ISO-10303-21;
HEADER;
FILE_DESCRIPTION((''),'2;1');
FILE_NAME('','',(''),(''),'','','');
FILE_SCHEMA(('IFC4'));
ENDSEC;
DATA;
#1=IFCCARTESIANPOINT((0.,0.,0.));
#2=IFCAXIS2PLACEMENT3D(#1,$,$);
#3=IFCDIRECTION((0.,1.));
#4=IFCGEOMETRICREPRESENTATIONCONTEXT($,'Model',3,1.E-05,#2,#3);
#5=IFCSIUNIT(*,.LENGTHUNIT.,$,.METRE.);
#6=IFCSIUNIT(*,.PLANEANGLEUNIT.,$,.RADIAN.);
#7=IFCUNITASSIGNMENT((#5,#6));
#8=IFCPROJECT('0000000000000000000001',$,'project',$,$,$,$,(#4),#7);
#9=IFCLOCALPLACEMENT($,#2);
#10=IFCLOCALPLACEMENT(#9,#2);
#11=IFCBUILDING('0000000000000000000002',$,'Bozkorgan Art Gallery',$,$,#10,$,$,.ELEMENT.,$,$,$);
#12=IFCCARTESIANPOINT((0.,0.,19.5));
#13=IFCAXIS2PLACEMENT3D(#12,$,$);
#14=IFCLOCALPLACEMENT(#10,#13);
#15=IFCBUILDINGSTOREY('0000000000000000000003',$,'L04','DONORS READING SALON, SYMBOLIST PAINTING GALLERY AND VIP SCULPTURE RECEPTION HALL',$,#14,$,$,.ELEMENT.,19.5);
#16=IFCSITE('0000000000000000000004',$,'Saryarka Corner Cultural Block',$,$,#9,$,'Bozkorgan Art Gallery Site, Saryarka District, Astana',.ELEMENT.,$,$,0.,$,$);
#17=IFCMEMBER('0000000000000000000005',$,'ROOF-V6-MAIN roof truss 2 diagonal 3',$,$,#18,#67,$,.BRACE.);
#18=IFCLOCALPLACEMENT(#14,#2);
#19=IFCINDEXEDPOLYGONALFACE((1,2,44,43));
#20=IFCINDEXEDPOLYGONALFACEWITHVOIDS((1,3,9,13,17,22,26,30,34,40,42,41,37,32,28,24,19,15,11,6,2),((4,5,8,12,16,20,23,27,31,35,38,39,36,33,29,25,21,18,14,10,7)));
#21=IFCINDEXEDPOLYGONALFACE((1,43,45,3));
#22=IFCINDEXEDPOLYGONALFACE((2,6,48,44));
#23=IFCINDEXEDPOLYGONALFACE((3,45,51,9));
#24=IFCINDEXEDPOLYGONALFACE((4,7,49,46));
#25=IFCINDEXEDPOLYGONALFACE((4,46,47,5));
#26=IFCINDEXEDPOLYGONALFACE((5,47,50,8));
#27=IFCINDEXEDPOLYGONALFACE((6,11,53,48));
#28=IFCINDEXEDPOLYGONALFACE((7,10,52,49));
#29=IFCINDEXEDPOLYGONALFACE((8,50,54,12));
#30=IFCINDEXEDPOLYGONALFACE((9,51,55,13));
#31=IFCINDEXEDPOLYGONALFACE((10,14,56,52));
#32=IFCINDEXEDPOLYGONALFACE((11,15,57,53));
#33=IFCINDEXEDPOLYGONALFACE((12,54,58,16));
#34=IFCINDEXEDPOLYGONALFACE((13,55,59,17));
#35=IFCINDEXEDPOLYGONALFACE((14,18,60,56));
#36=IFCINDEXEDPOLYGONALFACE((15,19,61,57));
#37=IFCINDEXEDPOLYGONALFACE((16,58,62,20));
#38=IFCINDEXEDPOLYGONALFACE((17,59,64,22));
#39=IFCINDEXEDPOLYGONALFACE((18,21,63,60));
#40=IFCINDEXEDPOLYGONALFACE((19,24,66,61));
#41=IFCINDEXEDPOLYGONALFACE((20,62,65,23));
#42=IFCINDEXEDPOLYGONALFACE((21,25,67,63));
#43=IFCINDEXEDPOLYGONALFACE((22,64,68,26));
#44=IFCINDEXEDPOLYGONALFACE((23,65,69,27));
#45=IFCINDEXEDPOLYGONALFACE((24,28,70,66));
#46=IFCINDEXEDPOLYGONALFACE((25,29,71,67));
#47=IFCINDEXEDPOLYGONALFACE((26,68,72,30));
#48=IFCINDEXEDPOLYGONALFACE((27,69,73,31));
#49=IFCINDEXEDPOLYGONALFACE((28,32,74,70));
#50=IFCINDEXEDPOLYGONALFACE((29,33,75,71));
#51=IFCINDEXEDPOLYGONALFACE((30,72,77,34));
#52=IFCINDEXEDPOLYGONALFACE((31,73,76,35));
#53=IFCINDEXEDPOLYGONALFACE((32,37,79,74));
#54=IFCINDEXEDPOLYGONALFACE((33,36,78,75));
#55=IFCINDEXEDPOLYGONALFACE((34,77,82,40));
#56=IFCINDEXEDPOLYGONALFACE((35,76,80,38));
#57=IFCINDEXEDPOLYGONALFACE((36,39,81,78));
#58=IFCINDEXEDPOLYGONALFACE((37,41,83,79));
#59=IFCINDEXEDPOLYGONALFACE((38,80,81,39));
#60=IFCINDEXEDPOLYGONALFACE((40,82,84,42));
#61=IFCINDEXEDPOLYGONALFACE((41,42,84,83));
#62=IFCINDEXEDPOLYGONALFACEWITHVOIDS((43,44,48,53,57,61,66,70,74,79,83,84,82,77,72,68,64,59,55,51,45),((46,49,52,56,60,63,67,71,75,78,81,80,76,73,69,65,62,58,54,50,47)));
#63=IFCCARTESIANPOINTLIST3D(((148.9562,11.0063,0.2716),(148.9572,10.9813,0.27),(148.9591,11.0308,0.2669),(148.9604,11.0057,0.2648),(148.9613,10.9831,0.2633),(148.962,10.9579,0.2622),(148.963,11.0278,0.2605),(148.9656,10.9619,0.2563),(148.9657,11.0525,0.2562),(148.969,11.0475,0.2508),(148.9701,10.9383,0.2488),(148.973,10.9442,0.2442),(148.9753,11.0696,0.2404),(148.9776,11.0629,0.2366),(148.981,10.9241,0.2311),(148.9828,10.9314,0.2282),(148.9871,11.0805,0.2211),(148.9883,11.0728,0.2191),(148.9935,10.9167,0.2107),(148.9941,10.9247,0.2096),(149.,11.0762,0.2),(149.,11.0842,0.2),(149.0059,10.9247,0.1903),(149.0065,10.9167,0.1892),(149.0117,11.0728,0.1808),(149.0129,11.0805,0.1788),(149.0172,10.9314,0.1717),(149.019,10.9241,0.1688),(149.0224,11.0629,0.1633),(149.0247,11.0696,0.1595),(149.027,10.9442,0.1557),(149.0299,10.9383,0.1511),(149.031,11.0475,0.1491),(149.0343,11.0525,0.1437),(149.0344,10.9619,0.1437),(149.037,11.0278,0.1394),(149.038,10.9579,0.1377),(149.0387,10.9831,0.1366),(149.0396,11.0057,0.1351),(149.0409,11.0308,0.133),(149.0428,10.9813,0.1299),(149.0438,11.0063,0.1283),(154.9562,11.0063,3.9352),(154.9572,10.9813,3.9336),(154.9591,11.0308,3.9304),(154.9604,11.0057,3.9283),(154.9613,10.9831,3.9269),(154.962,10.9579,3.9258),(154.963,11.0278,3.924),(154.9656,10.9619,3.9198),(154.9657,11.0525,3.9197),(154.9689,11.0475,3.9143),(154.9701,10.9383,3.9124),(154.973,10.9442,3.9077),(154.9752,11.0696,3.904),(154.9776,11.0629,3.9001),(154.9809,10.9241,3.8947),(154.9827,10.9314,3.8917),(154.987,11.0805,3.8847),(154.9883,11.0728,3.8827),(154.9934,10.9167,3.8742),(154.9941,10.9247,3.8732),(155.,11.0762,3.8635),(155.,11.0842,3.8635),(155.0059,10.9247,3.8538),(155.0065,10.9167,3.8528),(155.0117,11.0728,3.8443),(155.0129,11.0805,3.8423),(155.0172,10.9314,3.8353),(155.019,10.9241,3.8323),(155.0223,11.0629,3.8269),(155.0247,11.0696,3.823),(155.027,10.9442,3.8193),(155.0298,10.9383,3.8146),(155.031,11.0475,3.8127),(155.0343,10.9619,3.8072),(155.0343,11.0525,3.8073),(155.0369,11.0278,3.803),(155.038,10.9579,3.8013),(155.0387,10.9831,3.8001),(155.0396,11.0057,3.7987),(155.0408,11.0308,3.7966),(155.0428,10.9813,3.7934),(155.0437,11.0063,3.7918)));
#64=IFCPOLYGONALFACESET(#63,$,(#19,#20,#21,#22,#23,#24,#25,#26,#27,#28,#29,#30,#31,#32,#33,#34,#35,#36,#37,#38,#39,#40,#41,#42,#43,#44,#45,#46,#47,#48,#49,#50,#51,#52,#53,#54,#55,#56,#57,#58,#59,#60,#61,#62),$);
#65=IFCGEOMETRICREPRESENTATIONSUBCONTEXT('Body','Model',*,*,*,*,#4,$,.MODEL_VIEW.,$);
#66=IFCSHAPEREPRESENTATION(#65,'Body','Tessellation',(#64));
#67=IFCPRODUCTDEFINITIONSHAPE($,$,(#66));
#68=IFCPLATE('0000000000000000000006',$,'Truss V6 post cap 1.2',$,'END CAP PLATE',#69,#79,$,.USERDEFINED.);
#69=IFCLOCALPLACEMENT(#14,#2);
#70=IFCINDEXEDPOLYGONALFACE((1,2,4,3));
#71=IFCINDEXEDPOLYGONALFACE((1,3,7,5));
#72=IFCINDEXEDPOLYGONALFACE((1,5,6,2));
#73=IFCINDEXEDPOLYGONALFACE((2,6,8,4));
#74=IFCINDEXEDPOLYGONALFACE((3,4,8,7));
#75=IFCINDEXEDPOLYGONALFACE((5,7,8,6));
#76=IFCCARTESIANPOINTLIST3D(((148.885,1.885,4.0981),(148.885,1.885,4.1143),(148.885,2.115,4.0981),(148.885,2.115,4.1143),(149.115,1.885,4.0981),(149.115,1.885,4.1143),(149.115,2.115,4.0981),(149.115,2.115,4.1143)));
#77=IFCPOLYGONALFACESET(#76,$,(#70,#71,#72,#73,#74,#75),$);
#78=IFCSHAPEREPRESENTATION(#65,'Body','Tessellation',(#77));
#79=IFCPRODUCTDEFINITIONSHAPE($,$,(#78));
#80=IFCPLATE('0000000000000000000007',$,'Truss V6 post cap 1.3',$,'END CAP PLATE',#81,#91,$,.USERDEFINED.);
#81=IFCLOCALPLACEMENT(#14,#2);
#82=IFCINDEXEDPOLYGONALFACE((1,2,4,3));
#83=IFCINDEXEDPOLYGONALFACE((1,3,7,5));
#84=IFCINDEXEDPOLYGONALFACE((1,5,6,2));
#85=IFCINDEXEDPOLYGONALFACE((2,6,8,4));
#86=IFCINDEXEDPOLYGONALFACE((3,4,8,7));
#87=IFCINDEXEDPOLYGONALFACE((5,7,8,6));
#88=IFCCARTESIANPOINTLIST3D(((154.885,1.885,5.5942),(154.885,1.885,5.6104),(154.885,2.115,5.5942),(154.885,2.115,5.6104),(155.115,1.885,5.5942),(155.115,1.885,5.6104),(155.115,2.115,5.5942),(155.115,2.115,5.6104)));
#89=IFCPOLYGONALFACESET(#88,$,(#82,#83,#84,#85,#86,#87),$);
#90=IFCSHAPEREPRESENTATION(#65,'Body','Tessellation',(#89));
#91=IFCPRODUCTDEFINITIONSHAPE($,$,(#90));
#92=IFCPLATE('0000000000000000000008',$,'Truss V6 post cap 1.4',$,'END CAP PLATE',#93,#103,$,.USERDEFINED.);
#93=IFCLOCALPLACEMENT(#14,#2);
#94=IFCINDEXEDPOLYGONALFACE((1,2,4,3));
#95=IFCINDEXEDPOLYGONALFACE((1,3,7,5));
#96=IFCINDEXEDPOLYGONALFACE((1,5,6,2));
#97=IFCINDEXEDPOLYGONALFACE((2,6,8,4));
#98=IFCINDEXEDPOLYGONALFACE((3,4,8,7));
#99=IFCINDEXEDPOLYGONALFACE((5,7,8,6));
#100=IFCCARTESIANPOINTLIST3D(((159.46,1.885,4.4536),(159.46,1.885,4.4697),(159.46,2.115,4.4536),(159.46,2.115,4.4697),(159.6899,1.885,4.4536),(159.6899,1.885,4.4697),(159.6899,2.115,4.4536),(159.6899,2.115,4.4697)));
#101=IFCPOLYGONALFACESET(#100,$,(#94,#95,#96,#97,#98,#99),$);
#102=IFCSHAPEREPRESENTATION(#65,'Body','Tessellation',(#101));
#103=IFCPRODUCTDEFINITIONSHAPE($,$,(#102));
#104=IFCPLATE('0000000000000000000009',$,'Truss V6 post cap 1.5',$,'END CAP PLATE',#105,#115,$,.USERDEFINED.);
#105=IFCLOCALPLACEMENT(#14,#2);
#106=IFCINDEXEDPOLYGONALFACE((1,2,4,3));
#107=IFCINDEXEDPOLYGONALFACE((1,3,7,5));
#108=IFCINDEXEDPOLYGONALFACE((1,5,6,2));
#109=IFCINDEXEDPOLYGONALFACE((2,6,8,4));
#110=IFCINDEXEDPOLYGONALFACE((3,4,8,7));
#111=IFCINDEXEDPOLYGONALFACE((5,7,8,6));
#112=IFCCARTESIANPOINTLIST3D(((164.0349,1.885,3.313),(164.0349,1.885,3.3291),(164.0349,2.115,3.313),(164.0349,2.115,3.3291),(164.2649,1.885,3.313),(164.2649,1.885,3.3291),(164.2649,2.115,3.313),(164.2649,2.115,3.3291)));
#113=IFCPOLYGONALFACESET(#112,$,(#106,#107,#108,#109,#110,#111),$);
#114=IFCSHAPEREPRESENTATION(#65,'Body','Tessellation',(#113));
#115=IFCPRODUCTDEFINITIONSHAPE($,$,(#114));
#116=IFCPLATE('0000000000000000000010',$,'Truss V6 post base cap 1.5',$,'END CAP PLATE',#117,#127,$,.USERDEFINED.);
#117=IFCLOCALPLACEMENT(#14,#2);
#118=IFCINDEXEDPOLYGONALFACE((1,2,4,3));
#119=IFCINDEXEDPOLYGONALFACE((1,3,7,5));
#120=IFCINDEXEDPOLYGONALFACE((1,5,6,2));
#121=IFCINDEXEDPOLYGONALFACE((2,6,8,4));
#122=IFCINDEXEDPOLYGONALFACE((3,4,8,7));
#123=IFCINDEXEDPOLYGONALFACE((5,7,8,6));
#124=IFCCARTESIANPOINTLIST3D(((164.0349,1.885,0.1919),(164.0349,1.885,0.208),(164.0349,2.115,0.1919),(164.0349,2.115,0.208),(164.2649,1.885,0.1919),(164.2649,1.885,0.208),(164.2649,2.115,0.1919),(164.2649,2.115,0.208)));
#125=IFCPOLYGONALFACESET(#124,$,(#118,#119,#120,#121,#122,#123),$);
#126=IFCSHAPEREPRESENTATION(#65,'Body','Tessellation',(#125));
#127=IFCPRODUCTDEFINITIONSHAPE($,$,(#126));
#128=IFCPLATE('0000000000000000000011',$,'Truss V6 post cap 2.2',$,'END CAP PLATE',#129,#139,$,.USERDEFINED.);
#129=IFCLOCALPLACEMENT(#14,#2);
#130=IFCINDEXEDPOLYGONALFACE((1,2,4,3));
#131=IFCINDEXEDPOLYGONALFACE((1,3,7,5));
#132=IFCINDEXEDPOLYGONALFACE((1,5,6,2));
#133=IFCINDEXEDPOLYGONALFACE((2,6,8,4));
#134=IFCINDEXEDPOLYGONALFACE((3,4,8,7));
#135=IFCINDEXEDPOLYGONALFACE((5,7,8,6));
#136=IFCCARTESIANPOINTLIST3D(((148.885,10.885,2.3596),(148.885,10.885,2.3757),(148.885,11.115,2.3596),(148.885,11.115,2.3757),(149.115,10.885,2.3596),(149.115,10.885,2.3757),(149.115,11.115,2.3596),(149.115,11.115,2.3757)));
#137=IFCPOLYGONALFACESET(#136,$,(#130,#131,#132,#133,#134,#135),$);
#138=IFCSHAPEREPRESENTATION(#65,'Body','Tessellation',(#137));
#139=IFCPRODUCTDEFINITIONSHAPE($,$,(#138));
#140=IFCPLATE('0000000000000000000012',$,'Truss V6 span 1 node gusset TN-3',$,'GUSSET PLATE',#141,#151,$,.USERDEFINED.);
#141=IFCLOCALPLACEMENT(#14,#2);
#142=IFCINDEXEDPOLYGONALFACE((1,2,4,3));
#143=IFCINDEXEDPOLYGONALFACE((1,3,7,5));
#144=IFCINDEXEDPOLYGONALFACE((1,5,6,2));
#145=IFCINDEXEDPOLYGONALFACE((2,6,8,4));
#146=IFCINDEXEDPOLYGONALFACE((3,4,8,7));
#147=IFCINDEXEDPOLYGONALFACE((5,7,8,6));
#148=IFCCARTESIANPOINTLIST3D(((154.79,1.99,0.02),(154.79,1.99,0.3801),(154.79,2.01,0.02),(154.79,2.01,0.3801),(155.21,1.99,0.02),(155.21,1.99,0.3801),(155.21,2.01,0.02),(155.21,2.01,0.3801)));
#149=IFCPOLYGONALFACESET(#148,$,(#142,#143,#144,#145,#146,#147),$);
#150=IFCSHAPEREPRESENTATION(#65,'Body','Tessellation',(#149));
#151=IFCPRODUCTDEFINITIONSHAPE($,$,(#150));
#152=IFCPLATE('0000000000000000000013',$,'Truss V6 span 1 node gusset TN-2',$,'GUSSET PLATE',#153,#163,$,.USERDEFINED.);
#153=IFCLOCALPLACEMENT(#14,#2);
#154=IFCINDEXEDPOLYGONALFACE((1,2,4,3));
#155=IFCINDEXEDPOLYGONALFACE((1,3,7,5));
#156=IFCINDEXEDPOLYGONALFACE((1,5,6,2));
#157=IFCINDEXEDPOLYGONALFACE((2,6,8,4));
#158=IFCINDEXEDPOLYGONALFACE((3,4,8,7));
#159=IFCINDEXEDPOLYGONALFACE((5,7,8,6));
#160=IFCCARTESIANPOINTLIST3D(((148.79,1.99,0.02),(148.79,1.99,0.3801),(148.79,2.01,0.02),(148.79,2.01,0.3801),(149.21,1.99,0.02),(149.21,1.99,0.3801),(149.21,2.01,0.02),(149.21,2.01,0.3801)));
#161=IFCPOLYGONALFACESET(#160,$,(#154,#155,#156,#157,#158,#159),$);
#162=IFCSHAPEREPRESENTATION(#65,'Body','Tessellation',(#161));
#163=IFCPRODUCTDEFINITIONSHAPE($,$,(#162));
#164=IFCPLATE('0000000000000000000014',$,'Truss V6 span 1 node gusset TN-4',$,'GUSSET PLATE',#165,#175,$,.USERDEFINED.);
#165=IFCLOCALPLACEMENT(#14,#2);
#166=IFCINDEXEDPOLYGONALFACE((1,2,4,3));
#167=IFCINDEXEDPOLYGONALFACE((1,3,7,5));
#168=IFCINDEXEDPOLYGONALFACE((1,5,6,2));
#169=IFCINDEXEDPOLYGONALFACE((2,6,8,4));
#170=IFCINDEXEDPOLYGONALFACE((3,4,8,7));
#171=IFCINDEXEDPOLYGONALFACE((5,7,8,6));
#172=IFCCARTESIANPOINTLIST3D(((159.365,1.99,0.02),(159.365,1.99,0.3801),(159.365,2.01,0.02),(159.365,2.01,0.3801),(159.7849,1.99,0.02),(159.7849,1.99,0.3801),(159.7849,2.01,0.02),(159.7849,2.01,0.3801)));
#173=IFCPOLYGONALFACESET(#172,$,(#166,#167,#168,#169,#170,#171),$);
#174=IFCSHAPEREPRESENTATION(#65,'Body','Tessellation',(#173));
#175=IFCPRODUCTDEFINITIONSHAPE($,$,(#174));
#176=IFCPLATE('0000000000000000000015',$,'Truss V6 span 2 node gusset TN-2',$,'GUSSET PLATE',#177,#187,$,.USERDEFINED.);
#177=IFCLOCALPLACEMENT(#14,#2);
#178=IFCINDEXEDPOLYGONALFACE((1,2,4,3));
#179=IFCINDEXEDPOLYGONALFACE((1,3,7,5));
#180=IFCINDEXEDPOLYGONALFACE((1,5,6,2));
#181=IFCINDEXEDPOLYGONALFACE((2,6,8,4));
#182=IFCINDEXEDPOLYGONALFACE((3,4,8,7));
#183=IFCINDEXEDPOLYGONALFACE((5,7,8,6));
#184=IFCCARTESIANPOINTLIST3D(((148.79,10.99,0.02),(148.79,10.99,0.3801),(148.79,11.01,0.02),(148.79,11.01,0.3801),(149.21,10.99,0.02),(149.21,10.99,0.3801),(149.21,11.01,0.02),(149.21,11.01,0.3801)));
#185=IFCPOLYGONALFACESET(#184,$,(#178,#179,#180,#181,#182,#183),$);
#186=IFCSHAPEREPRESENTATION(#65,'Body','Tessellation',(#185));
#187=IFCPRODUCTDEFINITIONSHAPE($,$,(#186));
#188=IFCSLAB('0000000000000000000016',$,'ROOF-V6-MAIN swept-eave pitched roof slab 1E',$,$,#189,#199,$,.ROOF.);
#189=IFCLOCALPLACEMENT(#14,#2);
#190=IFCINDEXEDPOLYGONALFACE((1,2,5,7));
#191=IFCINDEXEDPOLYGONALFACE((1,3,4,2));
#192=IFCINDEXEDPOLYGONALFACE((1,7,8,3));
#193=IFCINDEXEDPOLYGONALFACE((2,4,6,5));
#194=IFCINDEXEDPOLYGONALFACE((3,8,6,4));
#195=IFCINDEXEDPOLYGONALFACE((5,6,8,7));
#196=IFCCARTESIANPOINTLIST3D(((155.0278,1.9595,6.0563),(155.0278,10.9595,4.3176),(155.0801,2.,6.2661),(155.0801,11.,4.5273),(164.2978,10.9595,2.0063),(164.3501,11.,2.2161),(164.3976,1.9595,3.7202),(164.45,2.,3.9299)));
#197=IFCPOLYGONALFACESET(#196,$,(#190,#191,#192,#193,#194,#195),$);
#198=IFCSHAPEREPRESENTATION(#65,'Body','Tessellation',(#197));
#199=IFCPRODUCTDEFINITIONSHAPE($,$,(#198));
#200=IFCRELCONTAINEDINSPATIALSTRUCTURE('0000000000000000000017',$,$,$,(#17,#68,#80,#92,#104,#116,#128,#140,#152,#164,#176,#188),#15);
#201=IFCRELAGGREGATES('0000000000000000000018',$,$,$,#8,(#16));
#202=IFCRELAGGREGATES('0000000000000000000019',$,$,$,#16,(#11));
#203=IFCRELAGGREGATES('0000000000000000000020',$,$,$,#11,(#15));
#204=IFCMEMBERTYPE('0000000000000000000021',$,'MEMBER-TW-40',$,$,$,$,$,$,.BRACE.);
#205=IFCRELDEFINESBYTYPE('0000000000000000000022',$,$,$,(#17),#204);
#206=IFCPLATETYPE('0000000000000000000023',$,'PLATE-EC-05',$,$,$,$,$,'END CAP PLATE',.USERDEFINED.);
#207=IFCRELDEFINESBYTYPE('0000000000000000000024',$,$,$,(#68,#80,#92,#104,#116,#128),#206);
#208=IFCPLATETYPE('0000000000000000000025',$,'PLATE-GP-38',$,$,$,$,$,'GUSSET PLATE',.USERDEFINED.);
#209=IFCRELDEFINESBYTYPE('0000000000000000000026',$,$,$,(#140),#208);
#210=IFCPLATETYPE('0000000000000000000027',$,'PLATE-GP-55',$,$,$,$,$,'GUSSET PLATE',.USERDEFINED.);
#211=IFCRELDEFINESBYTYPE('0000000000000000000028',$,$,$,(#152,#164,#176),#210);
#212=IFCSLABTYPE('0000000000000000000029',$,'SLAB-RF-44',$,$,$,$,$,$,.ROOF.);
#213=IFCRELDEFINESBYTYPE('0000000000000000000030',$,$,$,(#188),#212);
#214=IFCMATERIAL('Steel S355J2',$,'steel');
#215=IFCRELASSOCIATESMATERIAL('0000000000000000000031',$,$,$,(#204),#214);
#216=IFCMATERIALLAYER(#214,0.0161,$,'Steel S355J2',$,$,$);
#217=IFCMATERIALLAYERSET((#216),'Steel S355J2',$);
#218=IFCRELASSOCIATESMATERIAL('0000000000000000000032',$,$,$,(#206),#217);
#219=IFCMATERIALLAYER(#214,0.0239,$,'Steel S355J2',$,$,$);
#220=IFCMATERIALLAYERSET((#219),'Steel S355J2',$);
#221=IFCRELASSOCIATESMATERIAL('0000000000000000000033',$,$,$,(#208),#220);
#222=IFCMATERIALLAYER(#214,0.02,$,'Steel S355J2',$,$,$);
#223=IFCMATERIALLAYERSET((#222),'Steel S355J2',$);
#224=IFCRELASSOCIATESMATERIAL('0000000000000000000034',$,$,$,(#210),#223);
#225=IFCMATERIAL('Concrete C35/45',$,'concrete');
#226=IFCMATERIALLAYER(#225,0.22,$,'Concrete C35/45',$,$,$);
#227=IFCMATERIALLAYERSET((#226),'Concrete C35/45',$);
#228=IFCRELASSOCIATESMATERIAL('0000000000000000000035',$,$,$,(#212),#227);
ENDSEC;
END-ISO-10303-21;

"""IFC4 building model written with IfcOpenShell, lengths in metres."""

from ifc_helpers import new_model, si_unit, direction, frame, origin, origin_2d, place, context, subcontext, project, spatial, polyline, rectangle, hollow_circle, outline, extrude, material, layer, layer_set, material_profile, profile_set, type_object, element, save


model = new_model("IFC4")

# Units and contexts
model_context = context("Model", 3, precision=1e-05, world=origin(), true_north=direction((0.0, 1.0)))
body_context = subcontext(model_context, "Body", "Model", "MODEL_VIEW")
ifc_project = project(units=[si_unit("LENGTHUNIT", "METRE"), si_unit("PLANEANGLEUNIT", "RADIAN")], contexts=[model_context])

# Site, building, storey
site_placement = place(None, origin())
site = spatial("IfcSite", under=ifc_project, at=site_placement, Name="Saryarka Corner Cultural Block", LongName="Bozkorgan Art Gallery Site, Saryarka District, Astana", CompositionType="ELEMENT", RefElevation=0.0)
building_placement = place(site_placement, origin())
building = spatial("IfcBuilding", under=site, at=building_placement, Name="Bozkorgan Art Gallery", CompositionType="ELEMENT")
storey_placement = place(building_placement, frame((0.0, 0.0, 19.5)))
storey = spatial("IfcBuildingStorey", under=building, at=storey_placement, Name="L04", Description="DONORS READING SALON, SYMBOLIST PAINTING GALLERY AND VIP SCULPTURE RECEPTION HALL", CompositionType="ELEMENT", Elevation=19.5)

# Member
ifc_material_1 = material(Name="Steel S355J2", Category="steel")
ifc_material_profile_1 = material_profile(ifc_material_1, hollow_circle(Radius=0.0842, WallThickness=0.0081, at=origin_2d()), Name="CHS 168.3x8")
ifc_profile_set_1 = profile_set([ifc_material_profile_1], Name="Steel S355J2")
member_type_1 = type_object("IfcMemberType", Name="MEMBER-TW-40", PredefinedType="BRACE", material=ifc_profile_set_1)
member_1_placement = place(storey_placement, frame((149.0, 11.0, 0.2), z_axis=(0.853477, 0.0, 0.52113), x_axis=(0.0, 1.0, 0.0)))
element("IfcMember", 1, at=member_1_placement, inside=storey, type_object=member_type_1, Name="ROOF-V6-MAIN roof truss 2 diagonal 3", PredefinedType="BRACE", context=body_context, shape_type="SweptSolid", body=[
    extrude(hollow_circle(Radius=0.0842, WallThickness=0.0081, at=origin_2d()), origin(), (0.0, 0.0, 1.0), 7.03),
])

# Plates
ifc_layer_1 = layer(ifc_material_1, 0.0161, Name="Steel S355J2")
ifc_layer_set_1 = layer_set([ifc_layer_1], Name="Steel S355J2")
plate_type_1 = type_object("IfcPlateType", Name="PLATE-EC-05", ElementType="END CAP PLATE", PredefinedType="USERDEFINED", material=ifc_layer_set_1)
for number, where, z_axis, x_axis, name in (
    (2, (149.0, 2.0, 4.0981), (0.0, 0.0, 1.0), (1.0, 0.0, 0.0), "Truss V6 post cap 1.2"),
    (3, (155.0, 2.0, 5.5942), (0.0, 0.0, 1.0), (1.0, 0.0, 0.0), "Truss V6 post cap 1.3"),
    (4, (159.575, 2.0, 4.4536), (0.0, 0.0, 1.0), (1.0, 0.0, 0.0), "Truss V6 post cap 1.4"),
    (5, (164.1499, 2.0, 3.313), (0.0, 0.0, 1.0), (1.0, 0.0, 0.0), "Truss V6 post cap 1.5"),
    (6, (164.1499, 2.0, 0.1919), (0.0, 0.0, 1.0), (1.0, 0.0, 0.0), "Truss V6 post base cap 1.5"),
    (7, (149.0, 11.0, 2.3596), (0.0, 0.0, 1.0), (1.0, 0.0, 0.0), "Truss V6 post cap 2.2"),
):
    element("IfcPlate", number, at=place(storey_placement, frame(where, z_axis=z_axis, x_axis=x_axis)), inside=storey, type_object=plate_type_1, Name=name, ObjectType="END CAP PLATE", PredefinedType="USERDEFINED", context=body_context, shape_type="SweptSolid", body=[
        extrude(rectangle(XDim=0.23, YDim=0.23, at=origin_2d()), origin(), (0.0, 0.0, 1.0), 0.0161),
    ])
ifc_layer_2 = layer(ifc_material_1, 0.0239, Name="Steel S355J2")
ifc_layer_set_2 = layer_set([ifc_layer_2], Name="Steel S355J2")
plate_type_2 = type_object("IfcPlateType", Name="PLATE-GP-38", ElementType="GUSSET PLATE", PredefinedType="USERDEFINED", material=ifc_layer_set_2)
plate_placement = place(storey_placement, frame((155.0, 2.0, 0.02), z_axis=(0.0, 0.0, 1.0), x_axis=(1.0, 0.0, 0.0)))
element("IfcPlate", 8, at=plate_placement, inside=storey, type_object=plate_type_2, Name="Truss V6 span 1 node gusset TN-3", ObjectType="GUSSET PLATE", PredefinedType="USERDEFINED", context=body_context, shape_type="SweptSolid", body=[
    extrude(rectangle(XDim=0.4199, YDim=0.02, at=origin_2d()), origin(), (0.0, 0.0, 1.0), 0.3601),
])
ifc_layer_3 = layer(ifc_material_1, 0.02, Name="Steel S355J2")
ifc_layer_set_3 = layer_set([ifc_layer_3], Name="Steel S355J2")
plate_type_3 = type_object("IfcPlateType", Name="PLATE-GP-55", ElementType="GUSSET PLATE", PredefinedType="USERDEFINED", material=ifc_layer_set_3)
for number, where, z_axis, x_axis, name in (
    (9, (149.0, 2.0, 0.02), (0.0, 0.0, 1.0), (1.0, 0.0, 0.0), "Truss V6 span 1 node gusset TN-2"),
    (10, (159.575, 2.0, 0.02), (0.0, 0.0, 1.0), (1.0, 0.0, 0.0), "Truss V6 span 1 node gusset TN-4"),
    (11, (149.0, 11.0, 0.02), (0.0, 0.0, 1.0), (1.0, 0.0, 0.0), "Truss V6 span 2 node gusset TN-2"),
):
    element("IfcPlate", number, at=place(storey_placement, frame(where, z_axis=z_axis, x_axis=x_axis)), inside=storey, type_object=plate_type_3, Name=name, ObjectType="GUSSET PLATE", PredefinedType="USERDEFINED", context=body_context, shape_type="SweptSolid", body=[
        extrude(rectangle(XDim=0.4199, YDim=0.02, at=origin_2d()), origin(), (0.0, 0.0, 1.0), 0.3601),
    ])

# Slab
ifc_material_2 = material(Name="Concrete C35/45", Category="concrete")
ifc_layer_4 = layer(ifc_material_2, 0.22, Name="Concrete C35/45")
ifc_layer_set_4 = layer_set([ifc_layer_4], Name="Concrete C35/45")
slab_type = type_object("IfcSlabType", Name="SLAB-RF-44", PredefinedType="ROOF", material=ifc_layer_set_4)
slab_placement = place(storey_placement, frame((155.0801, 2.0, 6.2661), z_axis=(0.237781, 0.184248, 0.953684), x_axis=(0.970296, 0.0, -0.241923)))
element("IfcSlab", 12, at=slab_placement, inside=storey, type_object=slab_type, Name="ROOF-V6-MAIN swept-eave pitched roof slab 1E", PredefinedType="ROOF", context=body_context, shape_type="SweptSolid", body=[
    extrude(outline(polyline([(0.0, 0.0), (9.6567, 0.0), (9.9745, 9.1568), (0.4206, 9.1568), (0.0, 0.0)])), origin(), (0.0, 0.0, -1.0), 0.22),
])

save(model, "model.ifc")
